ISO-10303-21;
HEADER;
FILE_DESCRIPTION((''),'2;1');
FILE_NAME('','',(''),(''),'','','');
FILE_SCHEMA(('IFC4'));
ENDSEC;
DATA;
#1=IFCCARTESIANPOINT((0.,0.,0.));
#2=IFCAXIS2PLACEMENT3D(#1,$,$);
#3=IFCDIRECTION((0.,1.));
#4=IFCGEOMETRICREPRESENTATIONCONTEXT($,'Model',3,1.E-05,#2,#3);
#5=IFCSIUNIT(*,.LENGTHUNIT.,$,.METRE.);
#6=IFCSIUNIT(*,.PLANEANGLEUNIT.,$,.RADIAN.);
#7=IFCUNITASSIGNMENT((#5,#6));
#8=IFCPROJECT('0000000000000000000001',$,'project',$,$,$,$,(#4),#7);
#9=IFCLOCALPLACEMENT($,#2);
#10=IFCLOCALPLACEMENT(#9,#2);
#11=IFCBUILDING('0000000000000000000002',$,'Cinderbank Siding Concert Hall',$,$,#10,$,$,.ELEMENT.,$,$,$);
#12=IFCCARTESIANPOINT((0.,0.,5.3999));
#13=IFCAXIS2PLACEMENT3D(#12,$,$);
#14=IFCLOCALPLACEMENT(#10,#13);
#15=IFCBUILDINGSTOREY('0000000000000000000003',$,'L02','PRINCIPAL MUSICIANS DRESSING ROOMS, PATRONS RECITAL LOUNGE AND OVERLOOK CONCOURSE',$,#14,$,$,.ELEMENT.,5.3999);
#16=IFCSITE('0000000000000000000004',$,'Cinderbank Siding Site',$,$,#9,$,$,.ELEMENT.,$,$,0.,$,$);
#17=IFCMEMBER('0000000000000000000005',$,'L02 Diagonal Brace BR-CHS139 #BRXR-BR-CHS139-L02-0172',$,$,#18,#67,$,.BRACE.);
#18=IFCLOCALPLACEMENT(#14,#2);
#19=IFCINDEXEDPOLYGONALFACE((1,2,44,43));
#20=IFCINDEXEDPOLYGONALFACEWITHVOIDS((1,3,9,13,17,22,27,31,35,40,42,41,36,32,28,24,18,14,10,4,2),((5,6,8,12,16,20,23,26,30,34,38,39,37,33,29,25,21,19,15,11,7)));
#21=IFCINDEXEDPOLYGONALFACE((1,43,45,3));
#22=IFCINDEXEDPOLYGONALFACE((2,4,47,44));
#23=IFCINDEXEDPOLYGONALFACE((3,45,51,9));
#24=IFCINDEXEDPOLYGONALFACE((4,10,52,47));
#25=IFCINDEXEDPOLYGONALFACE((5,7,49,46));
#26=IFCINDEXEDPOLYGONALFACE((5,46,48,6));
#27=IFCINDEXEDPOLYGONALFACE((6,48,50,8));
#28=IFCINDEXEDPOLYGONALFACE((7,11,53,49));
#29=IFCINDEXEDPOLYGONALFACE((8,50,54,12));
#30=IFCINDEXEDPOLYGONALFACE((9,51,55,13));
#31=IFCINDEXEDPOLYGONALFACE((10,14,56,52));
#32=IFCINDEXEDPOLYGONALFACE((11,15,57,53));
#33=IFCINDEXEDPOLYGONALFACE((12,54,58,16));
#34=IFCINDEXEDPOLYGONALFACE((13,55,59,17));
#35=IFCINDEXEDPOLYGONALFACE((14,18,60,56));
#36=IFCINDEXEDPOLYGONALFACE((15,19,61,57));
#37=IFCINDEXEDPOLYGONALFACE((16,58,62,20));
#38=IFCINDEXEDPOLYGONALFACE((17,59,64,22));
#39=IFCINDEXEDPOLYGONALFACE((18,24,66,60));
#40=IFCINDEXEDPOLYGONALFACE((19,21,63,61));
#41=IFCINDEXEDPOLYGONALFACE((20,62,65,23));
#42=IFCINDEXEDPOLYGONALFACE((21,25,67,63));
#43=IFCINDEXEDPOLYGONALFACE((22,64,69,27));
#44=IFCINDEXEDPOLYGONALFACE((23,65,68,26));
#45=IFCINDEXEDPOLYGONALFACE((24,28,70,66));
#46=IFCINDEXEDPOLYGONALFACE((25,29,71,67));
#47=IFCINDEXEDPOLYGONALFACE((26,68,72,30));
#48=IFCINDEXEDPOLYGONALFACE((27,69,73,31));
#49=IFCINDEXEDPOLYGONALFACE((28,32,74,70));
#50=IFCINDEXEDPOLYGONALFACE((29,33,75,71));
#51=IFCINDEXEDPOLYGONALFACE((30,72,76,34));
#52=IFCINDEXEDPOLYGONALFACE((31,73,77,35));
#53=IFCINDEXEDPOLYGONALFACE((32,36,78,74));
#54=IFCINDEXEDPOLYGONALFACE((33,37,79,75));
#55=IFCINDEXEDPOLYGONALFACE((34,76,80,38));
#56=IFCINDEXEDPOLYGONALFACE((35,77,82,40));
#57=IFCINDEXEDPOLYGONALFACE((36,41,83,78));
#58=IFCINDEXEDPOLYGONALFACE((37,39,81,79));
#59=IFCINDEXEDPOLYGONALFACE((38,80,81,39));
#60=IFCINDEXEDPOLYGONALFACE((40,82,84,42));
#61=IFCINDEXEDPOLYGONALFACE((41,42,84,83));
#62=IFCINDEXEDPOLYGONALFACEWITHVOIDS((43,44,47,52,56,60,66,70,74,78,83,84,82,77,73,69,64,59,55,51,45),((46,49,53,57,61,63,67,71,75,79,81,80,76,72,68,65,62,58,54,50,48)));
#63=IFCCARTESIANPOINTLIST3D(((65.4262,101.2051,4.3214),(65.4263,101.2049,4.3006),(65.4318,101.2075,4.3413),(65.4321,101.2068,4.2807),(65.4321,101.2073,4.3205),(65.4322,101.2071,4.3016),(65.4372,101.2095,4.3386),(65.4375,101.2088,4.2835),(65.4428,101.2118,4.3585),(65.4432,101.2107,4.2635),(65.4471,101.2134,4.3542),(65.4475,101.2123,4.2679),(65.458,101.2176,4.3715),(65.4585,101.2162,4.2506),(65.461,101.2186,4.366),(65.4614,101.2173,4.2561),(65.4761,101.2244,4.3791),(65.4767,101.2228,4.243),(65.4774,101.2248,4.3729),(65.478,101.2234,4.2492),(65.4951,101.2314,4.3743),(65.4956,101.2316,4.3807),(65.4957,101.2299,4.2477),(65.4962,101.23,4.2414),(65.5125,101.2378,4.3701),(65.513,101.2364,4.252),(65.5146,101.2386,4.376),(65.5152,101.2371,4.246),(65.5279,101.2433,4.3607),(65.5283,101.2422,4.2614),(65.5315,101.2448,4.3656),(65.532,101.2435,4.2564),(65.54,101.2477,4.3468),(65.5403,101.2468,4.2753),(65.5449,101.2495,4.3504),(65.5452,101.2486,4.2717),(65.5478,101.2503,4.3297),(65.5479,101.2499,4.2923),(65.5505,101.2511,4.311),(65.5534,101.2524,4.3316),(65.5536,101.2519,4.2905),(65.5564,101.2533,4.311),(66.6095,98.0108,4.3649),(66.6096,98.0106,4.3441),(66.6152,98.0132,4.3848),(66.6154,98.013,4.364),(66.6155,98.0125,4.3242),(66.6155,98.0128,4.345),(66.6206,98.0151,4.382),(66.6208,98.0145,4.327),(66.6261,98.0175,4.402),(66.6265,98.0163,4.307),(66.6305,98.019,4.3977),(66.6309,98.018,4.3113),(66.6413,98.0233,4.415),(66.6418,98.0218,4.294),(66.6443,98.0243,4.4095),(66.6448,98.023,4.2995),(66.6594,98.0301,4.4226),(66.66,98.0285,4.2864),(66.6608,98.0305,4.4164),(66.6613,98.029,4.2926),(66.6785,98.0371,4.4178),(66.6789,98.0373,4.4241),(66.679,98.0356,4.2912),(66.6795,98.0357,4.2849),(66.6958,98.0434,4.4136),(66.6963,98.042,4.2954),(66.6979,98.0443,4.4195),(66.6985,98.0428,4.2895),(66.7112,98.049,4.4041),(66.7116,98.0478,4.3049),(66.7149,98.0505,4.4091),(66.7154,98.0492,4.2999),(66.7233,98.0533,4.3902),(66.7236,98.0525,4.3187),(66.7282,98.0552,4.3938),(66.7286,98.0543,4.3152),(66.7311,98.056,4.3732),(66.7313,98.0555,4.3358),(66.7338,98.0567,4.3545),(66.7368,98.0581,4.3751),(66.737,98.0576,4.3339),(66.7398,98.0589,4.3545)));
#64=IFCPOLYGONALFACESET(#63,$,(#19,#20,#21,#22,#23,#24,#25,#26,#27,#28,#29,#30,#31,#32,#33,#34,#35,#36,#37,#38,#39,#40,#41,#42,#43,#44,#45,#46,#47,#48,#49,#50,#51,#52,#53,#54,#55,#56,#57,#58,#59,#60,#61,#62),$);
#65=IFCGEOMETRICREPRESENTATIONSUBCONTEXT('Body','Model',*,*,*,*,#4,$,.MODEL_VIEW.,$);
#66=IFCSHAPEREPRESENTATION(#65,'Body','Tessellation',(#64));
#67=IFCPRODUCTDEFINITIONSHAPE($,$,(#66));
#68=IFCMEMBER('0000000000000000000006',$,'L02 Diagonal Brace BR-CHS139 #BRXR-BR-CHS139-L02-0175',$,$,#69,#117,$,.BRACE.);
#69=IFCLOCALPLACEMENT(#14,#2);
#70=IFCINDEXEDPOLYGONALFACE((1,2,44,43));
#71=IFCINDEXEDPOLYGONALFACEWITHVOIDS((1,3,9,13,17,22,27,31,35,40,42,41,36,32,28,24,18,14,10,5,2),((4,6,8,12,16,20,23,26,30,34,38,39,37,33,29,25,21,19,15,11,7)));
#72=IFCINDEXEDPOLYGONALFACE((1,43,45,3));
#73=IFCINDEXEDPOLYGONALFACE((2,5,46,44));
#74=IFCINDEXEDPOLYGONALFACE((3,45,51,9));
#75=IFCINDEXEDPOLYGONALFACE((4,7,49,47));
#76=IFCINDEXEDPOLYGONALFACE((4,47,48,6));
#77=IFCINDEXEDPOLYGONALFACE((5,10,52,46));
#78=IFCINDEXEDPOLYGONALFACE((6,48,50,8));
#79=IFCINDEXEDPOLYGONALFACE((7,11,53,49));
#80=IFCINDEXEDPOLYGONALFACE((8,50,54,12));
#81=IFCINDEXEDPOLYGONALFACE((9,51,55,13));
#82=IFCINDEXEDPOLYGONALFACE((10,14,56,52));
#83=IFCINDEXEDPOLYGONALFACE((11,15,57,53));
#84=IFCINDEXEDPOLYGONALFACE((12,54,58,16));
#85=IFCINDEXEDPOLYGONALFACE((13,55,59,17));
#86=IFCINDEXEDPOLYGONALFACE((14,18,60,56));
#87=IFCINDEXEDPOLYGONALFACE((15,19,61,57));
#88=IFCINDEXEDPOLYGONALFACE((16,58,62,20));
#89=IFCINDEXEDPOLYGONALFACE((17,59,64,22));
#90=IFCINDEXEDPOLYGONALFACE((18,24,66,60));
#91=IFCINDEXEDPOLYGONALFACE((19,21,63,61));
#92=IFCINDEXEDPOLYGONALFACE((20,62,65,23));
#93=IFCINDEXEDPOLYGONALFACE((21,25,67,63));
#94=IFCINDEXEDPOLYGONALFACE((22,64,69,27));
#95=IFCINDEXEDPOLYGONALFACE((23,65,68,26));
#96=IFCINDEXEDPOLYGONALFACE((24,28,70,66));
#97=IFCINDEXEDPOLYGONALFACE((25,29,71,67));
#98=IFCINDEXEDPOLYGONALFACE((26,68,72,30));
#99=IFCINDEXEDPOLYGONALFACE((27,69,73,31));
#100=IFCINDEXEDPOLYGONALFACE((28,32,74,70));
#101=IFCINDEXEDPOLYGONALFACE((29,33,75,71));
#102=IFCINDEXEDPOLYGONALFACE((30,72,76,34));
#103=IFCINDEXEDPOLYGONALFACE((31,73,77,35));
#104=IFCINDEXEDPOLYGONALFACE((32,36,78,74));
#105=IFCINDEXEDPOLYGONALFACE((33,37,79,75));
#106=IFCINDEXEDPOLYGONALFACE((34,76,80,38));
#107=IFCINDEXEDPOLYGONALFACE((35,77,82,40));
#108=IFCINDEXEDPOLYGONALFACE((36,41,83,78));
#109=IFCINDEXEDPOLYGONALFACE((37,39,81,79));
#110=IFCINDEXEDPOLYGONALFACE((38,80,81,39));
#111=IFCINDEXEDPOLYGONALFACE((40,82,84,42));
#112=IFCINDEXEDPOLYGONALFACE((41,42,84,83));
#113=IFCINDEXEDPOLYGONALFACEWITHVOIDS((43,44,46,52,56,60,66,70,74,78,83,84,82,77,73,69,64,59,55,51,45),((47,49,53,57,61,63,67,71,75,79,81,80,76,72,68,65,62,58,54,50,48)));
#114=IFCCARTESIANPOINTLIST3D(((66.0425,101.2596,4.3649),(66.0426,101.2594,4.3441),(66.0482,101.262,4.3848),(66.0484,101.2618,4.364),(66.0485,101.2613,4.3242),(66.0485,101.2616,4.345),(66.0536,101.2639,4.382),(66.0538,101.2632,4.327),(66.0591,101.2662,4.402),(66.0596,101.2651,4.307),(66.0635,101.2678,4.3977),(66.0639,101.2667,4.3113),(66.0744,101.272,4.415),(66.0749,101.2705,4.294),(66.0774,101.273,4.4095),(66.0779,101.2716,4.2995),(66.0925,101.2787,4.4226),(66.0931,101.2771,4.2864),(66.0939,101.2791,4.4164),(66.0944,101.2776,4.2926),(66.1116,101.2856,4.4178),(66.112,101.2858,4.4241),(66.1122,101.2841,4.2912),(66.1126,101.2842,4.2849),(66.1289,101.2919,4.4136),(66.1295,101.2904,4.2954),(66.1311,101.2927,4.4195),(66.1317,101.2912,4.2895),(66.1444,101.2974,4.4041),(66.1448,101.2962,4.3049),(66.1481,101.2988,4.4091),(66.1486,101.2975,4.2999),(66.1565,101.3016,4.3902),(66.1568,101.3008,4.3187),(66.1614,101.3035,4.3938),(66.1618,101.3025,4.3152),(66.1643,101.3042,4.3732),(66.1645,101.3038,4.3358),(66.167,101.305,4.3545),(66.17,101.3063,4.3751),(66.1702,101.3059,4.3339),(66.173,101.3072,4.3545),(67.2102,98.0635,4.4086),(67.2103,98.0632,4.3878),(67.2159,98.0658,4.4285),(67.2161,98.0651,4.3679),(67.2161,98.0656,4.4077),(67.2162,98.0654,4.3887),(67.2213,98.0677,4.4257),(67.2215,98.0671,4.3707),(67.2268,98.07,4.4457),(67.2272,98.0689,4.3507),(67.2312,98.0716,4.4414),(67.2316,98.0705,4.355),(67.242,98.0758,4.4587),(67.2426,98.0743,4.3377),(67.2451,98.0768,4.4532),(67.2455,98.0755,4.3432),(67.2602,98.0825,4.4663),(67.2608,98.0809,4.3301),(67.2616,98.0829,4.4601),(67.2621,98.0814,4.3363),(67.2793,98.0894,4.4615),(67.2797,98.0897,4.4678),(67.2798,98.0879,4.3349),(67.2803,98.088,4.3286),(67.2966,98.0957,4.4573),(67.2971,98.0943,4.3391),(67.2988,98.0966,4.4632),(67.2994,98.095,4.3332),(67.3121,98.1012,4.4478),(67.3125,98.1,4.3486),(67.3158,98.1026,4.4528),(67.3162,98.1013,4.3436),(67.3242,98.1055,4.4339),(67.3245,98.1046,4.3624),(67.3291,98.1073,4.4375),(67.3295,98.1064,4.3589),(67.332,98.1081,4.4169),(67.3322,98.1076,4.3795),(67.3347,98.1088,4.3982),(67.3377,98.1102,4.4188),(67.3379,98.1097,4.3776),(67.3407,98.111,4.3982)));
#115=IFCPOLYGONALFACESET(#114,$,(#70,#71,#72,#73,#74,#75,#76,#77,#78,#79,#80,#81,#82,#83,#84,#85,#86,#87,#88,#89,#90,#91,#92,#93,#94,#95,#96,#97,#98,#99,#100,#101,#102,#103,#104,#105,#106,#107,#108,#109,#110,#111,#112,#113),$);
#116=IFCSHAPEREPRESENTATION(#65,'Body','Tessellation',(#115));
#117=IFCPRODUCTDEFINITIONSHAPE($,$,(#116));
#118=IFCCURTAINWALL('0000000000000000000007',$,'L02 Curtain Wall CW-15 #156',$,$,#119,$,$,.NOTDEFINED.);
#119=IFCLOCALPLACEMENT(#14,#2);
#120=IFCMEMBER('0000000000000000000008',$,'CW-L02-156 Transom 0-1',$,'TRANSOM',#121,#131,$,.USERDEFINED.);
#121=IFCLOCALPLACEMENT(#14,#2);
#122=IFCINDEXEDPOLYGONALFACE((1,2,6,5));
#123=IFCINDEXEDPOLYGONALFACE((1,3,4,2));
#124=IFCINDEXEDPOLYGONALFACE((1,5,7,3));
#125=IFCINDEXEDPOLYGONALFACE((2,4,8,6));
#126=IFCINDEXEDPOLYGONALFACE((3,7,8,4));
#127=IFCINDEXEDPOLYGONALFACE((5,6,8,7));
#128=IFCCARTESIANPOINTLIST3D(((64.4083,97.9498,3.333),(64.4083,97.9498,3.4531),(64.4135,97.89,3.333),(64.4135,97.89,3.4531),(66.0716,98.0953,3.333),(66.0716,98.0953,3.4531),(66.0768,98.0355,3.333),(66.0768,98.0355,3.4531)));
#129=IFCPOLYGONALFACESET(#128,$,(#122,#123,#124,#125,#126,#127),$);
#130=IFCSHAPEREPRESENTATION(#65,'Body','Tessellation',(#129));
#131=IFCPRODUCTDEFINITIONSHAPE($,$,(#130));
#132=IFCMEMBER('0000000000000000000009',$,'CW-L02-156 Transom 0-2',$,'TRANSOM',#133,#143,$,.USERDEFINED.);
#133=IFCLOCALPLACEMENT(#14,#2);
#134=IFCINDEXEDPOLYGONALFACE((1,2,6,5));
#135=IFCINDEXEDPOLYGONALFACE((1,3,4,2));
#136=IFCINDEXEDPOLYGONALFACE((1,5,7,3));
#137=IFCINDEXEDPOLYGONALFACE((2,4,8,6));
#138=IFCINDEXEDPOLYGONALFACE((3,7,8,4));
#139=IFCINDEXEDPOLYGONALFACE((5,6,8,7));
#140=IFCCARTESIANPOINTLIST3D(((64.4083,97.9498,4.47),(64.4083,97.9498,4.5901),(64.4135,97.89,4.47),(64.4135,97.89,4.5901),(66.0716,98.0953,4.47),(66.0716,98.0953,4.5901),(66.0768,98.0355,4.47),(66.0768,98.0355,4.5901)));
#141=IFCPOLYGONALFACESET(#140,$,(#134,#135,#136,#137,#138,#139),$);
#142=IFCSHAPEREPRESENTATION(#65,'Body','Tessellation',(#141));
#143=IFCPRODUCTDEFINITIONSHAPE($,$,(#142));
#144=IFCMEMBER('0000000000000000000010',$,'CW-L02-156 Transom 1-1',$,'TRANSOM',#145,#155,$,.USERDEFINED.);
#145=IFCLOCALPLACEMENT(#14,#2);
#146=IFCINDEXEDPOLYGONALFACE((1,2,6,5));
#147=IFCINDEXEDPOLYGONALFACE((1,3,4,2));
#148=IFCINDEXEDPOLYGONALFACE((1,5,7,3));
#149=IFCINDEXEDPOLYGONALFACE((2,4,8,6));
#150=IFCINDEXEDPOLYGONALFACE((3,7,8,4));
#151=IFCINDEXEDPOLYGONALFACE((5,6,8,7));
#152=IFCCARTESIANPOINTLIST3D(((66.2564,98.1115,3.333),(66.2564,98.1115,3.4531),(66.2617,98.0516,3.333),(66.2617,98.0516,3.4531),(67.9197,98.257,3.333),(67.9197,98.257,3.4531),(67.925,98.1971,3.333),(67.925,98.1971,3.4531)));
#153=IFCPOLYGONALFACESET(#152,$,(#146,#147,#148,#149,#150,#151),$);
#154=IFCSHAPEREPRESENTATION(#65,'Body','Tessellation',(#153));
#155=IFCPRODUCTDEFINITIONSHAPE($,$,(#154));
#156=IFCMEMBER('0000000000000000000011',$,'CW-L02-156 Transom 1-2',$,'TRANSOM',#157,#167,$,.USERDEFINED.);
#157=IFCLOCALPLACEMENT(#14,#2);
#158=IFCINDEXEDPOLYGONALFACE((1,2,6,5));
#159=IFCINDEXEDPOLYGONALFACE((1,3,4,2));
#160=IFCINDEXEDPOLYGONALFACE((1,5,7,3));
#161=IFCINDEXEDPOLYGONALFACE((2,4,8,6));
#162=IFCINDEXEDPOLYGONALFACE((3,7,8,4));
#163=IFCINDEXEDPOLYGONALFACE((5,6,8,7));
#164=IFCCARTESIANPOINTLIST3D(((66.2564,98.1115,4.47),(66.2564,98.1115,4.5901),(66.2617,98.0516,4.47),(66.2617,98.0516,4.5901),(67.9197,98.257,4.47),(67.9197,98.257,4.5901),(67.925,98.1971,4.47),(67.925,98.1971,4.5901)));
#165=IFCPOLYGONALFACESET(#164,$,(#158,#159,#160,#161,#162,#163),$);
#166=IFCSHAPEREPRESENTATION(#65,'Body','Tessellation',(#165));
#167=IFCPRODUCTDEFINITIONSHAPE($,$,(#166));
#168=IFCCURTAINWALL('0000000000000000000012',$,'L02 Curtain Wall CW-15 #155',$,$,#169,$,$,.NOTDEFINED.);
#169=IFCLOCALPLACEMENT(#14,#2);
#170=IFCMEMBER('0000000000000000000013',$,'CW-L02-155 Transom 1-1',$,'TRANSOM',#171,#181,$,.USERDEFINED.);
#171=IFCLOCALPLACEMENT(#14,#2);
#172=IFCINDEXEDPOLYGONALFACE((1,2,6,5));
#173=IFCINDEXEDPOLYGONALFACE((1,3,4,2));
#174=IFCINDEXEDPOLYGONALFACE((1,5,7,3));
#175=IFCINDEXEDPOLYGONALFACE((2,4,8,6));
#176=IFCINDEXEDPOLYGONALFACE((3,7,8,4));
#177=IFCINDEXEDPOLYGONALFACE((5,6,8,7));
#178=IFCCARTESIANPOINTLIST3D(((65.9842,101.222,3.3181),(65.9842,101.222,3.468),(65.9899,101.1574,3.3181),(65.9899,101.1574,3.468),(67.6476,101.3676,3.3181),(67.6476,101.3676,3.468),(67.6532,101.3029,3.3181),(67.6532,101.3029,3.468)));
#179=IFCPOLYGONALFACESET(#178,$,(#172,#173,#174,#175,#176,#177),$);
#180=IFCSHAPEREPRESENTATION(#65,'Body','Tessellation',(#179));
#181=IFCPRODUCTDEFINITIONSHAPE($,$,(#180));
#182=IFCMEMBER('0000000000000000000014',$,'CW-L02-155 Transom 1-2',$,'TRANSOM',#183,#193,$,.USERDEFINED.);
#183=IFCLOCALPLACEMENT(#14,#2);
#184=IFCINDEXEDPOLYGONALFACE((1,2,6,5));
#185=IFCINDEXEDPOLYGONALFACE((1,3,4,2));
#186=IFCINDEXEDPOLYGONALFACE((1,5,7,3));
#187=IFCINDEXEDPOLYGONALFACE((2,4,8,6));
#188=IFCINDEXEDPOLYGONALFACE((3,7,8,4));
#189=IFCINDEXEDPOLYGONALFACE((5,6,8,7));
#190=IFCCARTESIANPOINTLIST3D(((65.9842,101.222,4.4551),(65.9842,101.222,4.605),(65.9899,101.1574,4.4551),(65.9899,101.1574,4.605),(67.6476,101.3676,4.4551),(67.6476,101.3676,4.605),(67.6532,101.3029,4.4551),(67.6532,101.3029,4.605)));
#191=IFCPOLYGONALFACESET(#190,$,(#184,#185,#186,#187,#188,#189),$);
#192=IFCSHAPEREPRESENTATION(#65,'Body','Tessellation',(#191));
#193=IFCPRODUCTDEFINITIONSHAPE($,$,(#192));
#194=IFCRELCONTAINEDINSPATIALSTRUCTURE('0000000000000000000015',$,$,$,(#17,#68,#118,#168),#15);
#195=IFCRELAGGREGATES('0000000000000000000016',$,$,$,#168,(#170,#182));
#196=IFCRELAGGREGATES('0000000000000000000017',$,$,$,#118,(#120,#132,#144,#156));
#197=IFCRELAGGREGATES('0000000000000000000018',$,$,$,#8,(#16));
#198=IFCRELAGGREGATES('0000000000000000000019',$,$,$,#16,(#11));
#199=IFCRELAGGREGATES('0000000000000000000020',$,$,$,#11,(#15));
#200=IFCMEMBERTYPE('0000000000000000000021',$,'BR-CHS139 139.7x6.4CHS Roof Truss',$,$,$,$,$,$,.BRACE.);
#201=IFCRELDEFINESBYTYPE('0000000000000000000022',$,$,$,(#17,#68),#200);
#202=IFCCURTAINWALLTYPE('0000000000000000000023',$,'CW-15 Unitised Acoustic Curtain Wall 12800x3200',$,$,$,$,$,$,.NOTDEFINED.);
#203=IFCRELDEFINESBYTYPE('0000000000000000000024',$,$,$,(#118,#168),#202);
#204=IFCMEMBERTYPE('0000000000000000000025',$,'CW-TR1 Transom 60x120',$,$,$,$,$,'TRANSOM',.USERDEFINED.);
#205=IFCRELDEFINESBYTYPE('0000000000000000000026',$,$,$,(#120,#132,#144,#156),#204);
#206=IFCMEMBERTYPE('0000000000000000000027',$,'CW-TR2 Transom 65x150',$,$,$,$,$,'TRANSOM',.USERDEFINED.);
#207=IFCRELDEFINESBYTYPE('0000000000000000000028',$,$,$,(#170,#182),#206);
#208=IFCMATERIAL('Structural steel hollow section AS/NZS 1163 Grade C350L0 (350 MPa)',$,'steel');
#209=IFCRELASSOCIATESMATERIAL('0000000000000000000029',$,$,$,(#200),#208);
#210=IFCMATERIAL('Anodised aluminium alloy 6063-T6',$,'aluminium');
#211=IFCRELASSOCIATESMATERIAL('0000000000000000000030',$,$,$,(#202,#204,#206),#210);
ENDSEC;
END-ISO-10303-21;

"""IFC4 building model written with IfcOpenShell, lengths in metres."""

from ifc_helpers import new_model, si_unit, direction, frame, origin, origin_2d, place, context, subcontext, project, spatial, rectangle, hollow_circle, extrude, material, material_profile, profile_set, type_object, element, aggregate, save


model = new_model("IFC4")

# Units and contexts
model_context = context("Model", 3, precision=1e-05, world=origin(), true_north=direction((0.0, 1.0)))
body_context = subcontext(model_context, "Body", "Model", "MODEL_VIEW")
ifc_project = project(units=[si_unit("LENGTHUNIT", "METRE"), si_unit("PLANEANGLEUNIT", "RADIAN")], contexts=[model_context])

# Site, building, storey
site_placement = place(None, origin())
site = spatial("IfcSite", under=ifc_project, at=site_placement, Name="Cinderbank Siding Site", CompositionType="ELEMENT", RefElevation=0.0)
building_placement = place(site_placement, origin())
building = spatial("IfcBuilding", under=site, at=building_placement, Name="Cinderbank Siding Concert Hall", CompositionType="ELEMENT")
storey_placement = place(building_placement, frame((0.0, 0.0, 5.3999)))
storey = spatial("IfcBuildingStorey", under=building, at=storey_placement, Name="L02", Description="PRINCIPAL MUSICIANS DRESSING ROOMS, PATRONS RECITAL LOUNGE AND OVERLOOK CONCOURSE", CompositionType="ELEMENT", Elevation=5.3999)

# Members
ifc_material_1 = material(Name="Structural steel hollow section AS/NZS 1163 Grade C350L0 (350 MPa)", Category="steel")
ifc_material_profile_1 = material_profile(ifc_material_1, hollow_circle(Radius=0.0698, WallThickness=0.0063, at=origin_2d()), Name="139.7x6.4CHS", Category="LoadBearing")
ifc_profile_set_1 = profile_set([ifc_material_profile_1], Name="Structural steel hollow section AS/NZS 1163 Grade C350L0 (350 MPa)")
member_type_1 = type_object("IfcMemberType", Name="BR-CHS139 139.7x6.4CHS Roof Truss", PredefinedType="BRACE", material=ifc_profile_set_1)
member_1_placement = place(storey_placement, frame((65.491, 101.229, 4.311), z_axis=(0.347354, -0.937647, 0.012756), x_axis=(0.937724, 0.347382, 0.0)))
element("IfcMember", 1, at=member_1_placement, inside=storey, type_object=member_type_1, Name="L02 Diagonal Brace BR-CHS139 #BRXR-BR-CHS139-L02-0172", PredefinedType="BRACE", context=body_context, shape_type="SweptSolid", body=[
    extrude(hollow_circle(Radius=0.0698, WallThickness=0.0063, at=origin_2d()), origin(), (0.0, 0.0, 1.0), 3.4067),
])
member_2_placement = place(storey_placement, frame((66.1074, 101.2832, 4.3545), z_axis=(0.343126, -0.939202, 0.012841), x_axis=(0.939279, 0.343154, 0.0)))
element("IfcMember", 2, at=member_2_placement, inside=storey, type_object=member_type_1, Name="L02 Diagonal Brace BR-CHS139 #BRXR-BR-CHS139-L02-0175", PredefinedType="BRACE", context=body_context, shape_type="SweptSolid", body=[
    extrude(hollow_circle(Radius=0.0698, WallThickness=0.0063, at=origin_2d()), origin(), (0.0, 0.0, 1.0), 3.4031),
])

# Curtain walls, members
ifc_material_2 = material(Name="Anodised aluminium alloy 6063-T6", Category="aluminium")
curtain_wall_type = type_object("IfcCurtainWallType", Name="CW-15 Unitised Acoustic Curtain Wall 12800x3200", PredefinedType="NOTDEFINED", material=ifc_material_2)
curtain_wall_1_placement = place(storey_placement, origin())
curtain_wall_1 = element("IfcCurtainWall", 3, at=curtain_wall_1_placement, inside=storey, type_object=curtain_wall_type, Name="L02 Curtain Wall CW-15 #156", PredefinedType="NOTDEFINED")
ifc_material_profile_2 = material_profile(ifc_material_2, rectangle(XDim=0.0601, YDim=0.1201, at=origin_2d()), Name="ALU-TRAN-60x120", Category="LoadBearing")
ifc_profile_set_2 = profile_set([ifc_material_profile_2], Name="Anodised aluminium alloy 6063-T6")
member_type_2 = type_object("IfcMemberType", Name="CW-TR1 Transom 60x120", ElementType="TRANSOM", PredefinedType="USERDEFINED", material=ifc_profile_set_2)
member_3_placement = place(storey_placement, frame((64.4109, 97.9199, 3.3931), z_axis=(0.996195, 0.087147, 0.0), x_axis=(-0.087147, 0.996195, 0.0)))
member_3 = element("IfcMember", 4, at=member_3_placement, type_object=member_type_2, Name="CW-L02-156 Transom 0-1", ObjectType="TRANSOM", PredefinedType="USERDEFINED", context=body_context, shape_type="SweptSolid", body=[
    extrude(rectangle(XDim=0.0601, YDim=0.1201, at=origin_2d()), origin(), (0.0, 0.0, 1.0), 1.6697),
])
member_4_placement = place(storey_placement, frame((64.4109, 97.9199, 4.53), z_axis=(0.996195, 0.087147, 0.0), x_axis=(-0.087147, 0.996195, 0.0)))
member_4 = element("IfcMember", 5, at=member_4_placement, type_object=member_type_2, Name="CW-L02-156 Transom 0-2", ObjectType="TRANSOM", PredefinedType="USERDEFINED", context=body_context, shape_type="SweptSolid", body=[
    extrude(rectangle(XDim=0.0601, YDim=0.1201, at=origin_2d()), origin(), (0.0, 0.0, 1.0), 1.6697),
])
member_5_placement = place(storey_placement, frame((66.259, 98.0815, 3.3931), z_axis=(0.996195, 0.087147, 0.0), x_axis=(-0.087147, 0.996195, 0.0)))
member_5 = element("IfcMember", 6, at=member_5_placement, type_object=member_type_2, Name="CW-L02-156 Transom 1-1", ObjectType="TRANSOM", PredefinedType="USERDEFINED", context=body_context, shape_type="SweptSolid", body=[
    extrude(rectangle(XDim=0.0601, YDim=0.1201, at=origin_2d()), origin(), (0.0, 0.0, 1.0), 1.6697),
])
member_6_placement = place(storey_placement, frame((66.259, 98.0815, 4.53), z_axis=(0.996195, 0.087147, 0.0), x_axis=(-0.087147, 0.996195, 0.0)))
member_6 = element("IfcMember", 7, at=member_6_placement, type_object=member_type_2, Name="CW-L02-156 Transom 1-2", ObjectType="TRANSOM", PredefinedType="USERDEFINED", context=body_context, shape_type="SweptSolid", body=[
    extrude(rectangle(XDim=0.0601, YDim=0.1201, at=origin_2d()), origin(), (0.0, 0.0, 1.0), 1.6697),
])
curtain_wall_2_placement = place(storey_placement, origin())
curtain_wall_2 = element("IfcCurtainWall", 8, at=curtain_wall_2_placement, inside=storey, type_object=curtain_wall_type, Name="L02 Curtain Wall CW-15 #155", PredefinedType="NOTDEFINED")
ifc_material_profile_3 = material_profile(ifc_material_2, rectangle(XDim=0.0649, YDim=0.1499, at=origin_2d()), Name="ALU-TRAN-65x150", Category="LoadBearing")
ifc_profile_set_3 = profile_set([ifc_material_profile_3], Name="Anodised aluminium alloy 6063-T6")
member_type_3 = type_object("IfcMemberType", Name="CW-TR2 Transom 65x150", ElementType="TRANSOM", PredefinedType="USERDEFINED", material=ifc_profile_set_3)
member_7_placement = place(storey_placement, frame((65.9871, 101.1897, 3.3931), z_axis=(0.996195, 0.087147, 0.0), x_axis=(-0.087147, 0.996195, 0.0)))
member_7 = element("IfcMember", 9, at=member_7_placement, type_object=member_type_3, Name="CW-L02-155 Transom 1-1", ObjectType="TRANSOM", PredefinedType="USERDEFINED", context=body_context, shape_type="SweptSolid", body=[
    extrude(rectangle(XDim=0.0649, YDim=0.1499, at=origin_2d()), origin(), (0.0, 0.0, 1.0), 1.6697),
])
member_8_placement = place(storey_placement, frame((65.9871, 101.1897, 4.53), z_axis=(0.996195, 0.087147, 0.0), x_axis=(-0.087147, 0.996195, 0.0)))
member_8 = element("IfcMember", 10, at=member_8_placement, type_object=member_type_3, Name="CW-L02-155 Transom 1-2", ObjectType="TRANSOM", PredefinedType="USERDEFINED", context=body_context, shape_type="SweptSolid", body=[
    extrude(rectangle(XDim=0.0649, YDim=0.1499, at=origin_2d()), origin(), (0.0, 0.0, 1.0), 1.6697),
])

aggregate(curtain_wall_2, [member_7, member_8])
aggregate(curtain_wall_1, [member_3, member_4, member_5, member_6])

save(model, "model.ifc")
